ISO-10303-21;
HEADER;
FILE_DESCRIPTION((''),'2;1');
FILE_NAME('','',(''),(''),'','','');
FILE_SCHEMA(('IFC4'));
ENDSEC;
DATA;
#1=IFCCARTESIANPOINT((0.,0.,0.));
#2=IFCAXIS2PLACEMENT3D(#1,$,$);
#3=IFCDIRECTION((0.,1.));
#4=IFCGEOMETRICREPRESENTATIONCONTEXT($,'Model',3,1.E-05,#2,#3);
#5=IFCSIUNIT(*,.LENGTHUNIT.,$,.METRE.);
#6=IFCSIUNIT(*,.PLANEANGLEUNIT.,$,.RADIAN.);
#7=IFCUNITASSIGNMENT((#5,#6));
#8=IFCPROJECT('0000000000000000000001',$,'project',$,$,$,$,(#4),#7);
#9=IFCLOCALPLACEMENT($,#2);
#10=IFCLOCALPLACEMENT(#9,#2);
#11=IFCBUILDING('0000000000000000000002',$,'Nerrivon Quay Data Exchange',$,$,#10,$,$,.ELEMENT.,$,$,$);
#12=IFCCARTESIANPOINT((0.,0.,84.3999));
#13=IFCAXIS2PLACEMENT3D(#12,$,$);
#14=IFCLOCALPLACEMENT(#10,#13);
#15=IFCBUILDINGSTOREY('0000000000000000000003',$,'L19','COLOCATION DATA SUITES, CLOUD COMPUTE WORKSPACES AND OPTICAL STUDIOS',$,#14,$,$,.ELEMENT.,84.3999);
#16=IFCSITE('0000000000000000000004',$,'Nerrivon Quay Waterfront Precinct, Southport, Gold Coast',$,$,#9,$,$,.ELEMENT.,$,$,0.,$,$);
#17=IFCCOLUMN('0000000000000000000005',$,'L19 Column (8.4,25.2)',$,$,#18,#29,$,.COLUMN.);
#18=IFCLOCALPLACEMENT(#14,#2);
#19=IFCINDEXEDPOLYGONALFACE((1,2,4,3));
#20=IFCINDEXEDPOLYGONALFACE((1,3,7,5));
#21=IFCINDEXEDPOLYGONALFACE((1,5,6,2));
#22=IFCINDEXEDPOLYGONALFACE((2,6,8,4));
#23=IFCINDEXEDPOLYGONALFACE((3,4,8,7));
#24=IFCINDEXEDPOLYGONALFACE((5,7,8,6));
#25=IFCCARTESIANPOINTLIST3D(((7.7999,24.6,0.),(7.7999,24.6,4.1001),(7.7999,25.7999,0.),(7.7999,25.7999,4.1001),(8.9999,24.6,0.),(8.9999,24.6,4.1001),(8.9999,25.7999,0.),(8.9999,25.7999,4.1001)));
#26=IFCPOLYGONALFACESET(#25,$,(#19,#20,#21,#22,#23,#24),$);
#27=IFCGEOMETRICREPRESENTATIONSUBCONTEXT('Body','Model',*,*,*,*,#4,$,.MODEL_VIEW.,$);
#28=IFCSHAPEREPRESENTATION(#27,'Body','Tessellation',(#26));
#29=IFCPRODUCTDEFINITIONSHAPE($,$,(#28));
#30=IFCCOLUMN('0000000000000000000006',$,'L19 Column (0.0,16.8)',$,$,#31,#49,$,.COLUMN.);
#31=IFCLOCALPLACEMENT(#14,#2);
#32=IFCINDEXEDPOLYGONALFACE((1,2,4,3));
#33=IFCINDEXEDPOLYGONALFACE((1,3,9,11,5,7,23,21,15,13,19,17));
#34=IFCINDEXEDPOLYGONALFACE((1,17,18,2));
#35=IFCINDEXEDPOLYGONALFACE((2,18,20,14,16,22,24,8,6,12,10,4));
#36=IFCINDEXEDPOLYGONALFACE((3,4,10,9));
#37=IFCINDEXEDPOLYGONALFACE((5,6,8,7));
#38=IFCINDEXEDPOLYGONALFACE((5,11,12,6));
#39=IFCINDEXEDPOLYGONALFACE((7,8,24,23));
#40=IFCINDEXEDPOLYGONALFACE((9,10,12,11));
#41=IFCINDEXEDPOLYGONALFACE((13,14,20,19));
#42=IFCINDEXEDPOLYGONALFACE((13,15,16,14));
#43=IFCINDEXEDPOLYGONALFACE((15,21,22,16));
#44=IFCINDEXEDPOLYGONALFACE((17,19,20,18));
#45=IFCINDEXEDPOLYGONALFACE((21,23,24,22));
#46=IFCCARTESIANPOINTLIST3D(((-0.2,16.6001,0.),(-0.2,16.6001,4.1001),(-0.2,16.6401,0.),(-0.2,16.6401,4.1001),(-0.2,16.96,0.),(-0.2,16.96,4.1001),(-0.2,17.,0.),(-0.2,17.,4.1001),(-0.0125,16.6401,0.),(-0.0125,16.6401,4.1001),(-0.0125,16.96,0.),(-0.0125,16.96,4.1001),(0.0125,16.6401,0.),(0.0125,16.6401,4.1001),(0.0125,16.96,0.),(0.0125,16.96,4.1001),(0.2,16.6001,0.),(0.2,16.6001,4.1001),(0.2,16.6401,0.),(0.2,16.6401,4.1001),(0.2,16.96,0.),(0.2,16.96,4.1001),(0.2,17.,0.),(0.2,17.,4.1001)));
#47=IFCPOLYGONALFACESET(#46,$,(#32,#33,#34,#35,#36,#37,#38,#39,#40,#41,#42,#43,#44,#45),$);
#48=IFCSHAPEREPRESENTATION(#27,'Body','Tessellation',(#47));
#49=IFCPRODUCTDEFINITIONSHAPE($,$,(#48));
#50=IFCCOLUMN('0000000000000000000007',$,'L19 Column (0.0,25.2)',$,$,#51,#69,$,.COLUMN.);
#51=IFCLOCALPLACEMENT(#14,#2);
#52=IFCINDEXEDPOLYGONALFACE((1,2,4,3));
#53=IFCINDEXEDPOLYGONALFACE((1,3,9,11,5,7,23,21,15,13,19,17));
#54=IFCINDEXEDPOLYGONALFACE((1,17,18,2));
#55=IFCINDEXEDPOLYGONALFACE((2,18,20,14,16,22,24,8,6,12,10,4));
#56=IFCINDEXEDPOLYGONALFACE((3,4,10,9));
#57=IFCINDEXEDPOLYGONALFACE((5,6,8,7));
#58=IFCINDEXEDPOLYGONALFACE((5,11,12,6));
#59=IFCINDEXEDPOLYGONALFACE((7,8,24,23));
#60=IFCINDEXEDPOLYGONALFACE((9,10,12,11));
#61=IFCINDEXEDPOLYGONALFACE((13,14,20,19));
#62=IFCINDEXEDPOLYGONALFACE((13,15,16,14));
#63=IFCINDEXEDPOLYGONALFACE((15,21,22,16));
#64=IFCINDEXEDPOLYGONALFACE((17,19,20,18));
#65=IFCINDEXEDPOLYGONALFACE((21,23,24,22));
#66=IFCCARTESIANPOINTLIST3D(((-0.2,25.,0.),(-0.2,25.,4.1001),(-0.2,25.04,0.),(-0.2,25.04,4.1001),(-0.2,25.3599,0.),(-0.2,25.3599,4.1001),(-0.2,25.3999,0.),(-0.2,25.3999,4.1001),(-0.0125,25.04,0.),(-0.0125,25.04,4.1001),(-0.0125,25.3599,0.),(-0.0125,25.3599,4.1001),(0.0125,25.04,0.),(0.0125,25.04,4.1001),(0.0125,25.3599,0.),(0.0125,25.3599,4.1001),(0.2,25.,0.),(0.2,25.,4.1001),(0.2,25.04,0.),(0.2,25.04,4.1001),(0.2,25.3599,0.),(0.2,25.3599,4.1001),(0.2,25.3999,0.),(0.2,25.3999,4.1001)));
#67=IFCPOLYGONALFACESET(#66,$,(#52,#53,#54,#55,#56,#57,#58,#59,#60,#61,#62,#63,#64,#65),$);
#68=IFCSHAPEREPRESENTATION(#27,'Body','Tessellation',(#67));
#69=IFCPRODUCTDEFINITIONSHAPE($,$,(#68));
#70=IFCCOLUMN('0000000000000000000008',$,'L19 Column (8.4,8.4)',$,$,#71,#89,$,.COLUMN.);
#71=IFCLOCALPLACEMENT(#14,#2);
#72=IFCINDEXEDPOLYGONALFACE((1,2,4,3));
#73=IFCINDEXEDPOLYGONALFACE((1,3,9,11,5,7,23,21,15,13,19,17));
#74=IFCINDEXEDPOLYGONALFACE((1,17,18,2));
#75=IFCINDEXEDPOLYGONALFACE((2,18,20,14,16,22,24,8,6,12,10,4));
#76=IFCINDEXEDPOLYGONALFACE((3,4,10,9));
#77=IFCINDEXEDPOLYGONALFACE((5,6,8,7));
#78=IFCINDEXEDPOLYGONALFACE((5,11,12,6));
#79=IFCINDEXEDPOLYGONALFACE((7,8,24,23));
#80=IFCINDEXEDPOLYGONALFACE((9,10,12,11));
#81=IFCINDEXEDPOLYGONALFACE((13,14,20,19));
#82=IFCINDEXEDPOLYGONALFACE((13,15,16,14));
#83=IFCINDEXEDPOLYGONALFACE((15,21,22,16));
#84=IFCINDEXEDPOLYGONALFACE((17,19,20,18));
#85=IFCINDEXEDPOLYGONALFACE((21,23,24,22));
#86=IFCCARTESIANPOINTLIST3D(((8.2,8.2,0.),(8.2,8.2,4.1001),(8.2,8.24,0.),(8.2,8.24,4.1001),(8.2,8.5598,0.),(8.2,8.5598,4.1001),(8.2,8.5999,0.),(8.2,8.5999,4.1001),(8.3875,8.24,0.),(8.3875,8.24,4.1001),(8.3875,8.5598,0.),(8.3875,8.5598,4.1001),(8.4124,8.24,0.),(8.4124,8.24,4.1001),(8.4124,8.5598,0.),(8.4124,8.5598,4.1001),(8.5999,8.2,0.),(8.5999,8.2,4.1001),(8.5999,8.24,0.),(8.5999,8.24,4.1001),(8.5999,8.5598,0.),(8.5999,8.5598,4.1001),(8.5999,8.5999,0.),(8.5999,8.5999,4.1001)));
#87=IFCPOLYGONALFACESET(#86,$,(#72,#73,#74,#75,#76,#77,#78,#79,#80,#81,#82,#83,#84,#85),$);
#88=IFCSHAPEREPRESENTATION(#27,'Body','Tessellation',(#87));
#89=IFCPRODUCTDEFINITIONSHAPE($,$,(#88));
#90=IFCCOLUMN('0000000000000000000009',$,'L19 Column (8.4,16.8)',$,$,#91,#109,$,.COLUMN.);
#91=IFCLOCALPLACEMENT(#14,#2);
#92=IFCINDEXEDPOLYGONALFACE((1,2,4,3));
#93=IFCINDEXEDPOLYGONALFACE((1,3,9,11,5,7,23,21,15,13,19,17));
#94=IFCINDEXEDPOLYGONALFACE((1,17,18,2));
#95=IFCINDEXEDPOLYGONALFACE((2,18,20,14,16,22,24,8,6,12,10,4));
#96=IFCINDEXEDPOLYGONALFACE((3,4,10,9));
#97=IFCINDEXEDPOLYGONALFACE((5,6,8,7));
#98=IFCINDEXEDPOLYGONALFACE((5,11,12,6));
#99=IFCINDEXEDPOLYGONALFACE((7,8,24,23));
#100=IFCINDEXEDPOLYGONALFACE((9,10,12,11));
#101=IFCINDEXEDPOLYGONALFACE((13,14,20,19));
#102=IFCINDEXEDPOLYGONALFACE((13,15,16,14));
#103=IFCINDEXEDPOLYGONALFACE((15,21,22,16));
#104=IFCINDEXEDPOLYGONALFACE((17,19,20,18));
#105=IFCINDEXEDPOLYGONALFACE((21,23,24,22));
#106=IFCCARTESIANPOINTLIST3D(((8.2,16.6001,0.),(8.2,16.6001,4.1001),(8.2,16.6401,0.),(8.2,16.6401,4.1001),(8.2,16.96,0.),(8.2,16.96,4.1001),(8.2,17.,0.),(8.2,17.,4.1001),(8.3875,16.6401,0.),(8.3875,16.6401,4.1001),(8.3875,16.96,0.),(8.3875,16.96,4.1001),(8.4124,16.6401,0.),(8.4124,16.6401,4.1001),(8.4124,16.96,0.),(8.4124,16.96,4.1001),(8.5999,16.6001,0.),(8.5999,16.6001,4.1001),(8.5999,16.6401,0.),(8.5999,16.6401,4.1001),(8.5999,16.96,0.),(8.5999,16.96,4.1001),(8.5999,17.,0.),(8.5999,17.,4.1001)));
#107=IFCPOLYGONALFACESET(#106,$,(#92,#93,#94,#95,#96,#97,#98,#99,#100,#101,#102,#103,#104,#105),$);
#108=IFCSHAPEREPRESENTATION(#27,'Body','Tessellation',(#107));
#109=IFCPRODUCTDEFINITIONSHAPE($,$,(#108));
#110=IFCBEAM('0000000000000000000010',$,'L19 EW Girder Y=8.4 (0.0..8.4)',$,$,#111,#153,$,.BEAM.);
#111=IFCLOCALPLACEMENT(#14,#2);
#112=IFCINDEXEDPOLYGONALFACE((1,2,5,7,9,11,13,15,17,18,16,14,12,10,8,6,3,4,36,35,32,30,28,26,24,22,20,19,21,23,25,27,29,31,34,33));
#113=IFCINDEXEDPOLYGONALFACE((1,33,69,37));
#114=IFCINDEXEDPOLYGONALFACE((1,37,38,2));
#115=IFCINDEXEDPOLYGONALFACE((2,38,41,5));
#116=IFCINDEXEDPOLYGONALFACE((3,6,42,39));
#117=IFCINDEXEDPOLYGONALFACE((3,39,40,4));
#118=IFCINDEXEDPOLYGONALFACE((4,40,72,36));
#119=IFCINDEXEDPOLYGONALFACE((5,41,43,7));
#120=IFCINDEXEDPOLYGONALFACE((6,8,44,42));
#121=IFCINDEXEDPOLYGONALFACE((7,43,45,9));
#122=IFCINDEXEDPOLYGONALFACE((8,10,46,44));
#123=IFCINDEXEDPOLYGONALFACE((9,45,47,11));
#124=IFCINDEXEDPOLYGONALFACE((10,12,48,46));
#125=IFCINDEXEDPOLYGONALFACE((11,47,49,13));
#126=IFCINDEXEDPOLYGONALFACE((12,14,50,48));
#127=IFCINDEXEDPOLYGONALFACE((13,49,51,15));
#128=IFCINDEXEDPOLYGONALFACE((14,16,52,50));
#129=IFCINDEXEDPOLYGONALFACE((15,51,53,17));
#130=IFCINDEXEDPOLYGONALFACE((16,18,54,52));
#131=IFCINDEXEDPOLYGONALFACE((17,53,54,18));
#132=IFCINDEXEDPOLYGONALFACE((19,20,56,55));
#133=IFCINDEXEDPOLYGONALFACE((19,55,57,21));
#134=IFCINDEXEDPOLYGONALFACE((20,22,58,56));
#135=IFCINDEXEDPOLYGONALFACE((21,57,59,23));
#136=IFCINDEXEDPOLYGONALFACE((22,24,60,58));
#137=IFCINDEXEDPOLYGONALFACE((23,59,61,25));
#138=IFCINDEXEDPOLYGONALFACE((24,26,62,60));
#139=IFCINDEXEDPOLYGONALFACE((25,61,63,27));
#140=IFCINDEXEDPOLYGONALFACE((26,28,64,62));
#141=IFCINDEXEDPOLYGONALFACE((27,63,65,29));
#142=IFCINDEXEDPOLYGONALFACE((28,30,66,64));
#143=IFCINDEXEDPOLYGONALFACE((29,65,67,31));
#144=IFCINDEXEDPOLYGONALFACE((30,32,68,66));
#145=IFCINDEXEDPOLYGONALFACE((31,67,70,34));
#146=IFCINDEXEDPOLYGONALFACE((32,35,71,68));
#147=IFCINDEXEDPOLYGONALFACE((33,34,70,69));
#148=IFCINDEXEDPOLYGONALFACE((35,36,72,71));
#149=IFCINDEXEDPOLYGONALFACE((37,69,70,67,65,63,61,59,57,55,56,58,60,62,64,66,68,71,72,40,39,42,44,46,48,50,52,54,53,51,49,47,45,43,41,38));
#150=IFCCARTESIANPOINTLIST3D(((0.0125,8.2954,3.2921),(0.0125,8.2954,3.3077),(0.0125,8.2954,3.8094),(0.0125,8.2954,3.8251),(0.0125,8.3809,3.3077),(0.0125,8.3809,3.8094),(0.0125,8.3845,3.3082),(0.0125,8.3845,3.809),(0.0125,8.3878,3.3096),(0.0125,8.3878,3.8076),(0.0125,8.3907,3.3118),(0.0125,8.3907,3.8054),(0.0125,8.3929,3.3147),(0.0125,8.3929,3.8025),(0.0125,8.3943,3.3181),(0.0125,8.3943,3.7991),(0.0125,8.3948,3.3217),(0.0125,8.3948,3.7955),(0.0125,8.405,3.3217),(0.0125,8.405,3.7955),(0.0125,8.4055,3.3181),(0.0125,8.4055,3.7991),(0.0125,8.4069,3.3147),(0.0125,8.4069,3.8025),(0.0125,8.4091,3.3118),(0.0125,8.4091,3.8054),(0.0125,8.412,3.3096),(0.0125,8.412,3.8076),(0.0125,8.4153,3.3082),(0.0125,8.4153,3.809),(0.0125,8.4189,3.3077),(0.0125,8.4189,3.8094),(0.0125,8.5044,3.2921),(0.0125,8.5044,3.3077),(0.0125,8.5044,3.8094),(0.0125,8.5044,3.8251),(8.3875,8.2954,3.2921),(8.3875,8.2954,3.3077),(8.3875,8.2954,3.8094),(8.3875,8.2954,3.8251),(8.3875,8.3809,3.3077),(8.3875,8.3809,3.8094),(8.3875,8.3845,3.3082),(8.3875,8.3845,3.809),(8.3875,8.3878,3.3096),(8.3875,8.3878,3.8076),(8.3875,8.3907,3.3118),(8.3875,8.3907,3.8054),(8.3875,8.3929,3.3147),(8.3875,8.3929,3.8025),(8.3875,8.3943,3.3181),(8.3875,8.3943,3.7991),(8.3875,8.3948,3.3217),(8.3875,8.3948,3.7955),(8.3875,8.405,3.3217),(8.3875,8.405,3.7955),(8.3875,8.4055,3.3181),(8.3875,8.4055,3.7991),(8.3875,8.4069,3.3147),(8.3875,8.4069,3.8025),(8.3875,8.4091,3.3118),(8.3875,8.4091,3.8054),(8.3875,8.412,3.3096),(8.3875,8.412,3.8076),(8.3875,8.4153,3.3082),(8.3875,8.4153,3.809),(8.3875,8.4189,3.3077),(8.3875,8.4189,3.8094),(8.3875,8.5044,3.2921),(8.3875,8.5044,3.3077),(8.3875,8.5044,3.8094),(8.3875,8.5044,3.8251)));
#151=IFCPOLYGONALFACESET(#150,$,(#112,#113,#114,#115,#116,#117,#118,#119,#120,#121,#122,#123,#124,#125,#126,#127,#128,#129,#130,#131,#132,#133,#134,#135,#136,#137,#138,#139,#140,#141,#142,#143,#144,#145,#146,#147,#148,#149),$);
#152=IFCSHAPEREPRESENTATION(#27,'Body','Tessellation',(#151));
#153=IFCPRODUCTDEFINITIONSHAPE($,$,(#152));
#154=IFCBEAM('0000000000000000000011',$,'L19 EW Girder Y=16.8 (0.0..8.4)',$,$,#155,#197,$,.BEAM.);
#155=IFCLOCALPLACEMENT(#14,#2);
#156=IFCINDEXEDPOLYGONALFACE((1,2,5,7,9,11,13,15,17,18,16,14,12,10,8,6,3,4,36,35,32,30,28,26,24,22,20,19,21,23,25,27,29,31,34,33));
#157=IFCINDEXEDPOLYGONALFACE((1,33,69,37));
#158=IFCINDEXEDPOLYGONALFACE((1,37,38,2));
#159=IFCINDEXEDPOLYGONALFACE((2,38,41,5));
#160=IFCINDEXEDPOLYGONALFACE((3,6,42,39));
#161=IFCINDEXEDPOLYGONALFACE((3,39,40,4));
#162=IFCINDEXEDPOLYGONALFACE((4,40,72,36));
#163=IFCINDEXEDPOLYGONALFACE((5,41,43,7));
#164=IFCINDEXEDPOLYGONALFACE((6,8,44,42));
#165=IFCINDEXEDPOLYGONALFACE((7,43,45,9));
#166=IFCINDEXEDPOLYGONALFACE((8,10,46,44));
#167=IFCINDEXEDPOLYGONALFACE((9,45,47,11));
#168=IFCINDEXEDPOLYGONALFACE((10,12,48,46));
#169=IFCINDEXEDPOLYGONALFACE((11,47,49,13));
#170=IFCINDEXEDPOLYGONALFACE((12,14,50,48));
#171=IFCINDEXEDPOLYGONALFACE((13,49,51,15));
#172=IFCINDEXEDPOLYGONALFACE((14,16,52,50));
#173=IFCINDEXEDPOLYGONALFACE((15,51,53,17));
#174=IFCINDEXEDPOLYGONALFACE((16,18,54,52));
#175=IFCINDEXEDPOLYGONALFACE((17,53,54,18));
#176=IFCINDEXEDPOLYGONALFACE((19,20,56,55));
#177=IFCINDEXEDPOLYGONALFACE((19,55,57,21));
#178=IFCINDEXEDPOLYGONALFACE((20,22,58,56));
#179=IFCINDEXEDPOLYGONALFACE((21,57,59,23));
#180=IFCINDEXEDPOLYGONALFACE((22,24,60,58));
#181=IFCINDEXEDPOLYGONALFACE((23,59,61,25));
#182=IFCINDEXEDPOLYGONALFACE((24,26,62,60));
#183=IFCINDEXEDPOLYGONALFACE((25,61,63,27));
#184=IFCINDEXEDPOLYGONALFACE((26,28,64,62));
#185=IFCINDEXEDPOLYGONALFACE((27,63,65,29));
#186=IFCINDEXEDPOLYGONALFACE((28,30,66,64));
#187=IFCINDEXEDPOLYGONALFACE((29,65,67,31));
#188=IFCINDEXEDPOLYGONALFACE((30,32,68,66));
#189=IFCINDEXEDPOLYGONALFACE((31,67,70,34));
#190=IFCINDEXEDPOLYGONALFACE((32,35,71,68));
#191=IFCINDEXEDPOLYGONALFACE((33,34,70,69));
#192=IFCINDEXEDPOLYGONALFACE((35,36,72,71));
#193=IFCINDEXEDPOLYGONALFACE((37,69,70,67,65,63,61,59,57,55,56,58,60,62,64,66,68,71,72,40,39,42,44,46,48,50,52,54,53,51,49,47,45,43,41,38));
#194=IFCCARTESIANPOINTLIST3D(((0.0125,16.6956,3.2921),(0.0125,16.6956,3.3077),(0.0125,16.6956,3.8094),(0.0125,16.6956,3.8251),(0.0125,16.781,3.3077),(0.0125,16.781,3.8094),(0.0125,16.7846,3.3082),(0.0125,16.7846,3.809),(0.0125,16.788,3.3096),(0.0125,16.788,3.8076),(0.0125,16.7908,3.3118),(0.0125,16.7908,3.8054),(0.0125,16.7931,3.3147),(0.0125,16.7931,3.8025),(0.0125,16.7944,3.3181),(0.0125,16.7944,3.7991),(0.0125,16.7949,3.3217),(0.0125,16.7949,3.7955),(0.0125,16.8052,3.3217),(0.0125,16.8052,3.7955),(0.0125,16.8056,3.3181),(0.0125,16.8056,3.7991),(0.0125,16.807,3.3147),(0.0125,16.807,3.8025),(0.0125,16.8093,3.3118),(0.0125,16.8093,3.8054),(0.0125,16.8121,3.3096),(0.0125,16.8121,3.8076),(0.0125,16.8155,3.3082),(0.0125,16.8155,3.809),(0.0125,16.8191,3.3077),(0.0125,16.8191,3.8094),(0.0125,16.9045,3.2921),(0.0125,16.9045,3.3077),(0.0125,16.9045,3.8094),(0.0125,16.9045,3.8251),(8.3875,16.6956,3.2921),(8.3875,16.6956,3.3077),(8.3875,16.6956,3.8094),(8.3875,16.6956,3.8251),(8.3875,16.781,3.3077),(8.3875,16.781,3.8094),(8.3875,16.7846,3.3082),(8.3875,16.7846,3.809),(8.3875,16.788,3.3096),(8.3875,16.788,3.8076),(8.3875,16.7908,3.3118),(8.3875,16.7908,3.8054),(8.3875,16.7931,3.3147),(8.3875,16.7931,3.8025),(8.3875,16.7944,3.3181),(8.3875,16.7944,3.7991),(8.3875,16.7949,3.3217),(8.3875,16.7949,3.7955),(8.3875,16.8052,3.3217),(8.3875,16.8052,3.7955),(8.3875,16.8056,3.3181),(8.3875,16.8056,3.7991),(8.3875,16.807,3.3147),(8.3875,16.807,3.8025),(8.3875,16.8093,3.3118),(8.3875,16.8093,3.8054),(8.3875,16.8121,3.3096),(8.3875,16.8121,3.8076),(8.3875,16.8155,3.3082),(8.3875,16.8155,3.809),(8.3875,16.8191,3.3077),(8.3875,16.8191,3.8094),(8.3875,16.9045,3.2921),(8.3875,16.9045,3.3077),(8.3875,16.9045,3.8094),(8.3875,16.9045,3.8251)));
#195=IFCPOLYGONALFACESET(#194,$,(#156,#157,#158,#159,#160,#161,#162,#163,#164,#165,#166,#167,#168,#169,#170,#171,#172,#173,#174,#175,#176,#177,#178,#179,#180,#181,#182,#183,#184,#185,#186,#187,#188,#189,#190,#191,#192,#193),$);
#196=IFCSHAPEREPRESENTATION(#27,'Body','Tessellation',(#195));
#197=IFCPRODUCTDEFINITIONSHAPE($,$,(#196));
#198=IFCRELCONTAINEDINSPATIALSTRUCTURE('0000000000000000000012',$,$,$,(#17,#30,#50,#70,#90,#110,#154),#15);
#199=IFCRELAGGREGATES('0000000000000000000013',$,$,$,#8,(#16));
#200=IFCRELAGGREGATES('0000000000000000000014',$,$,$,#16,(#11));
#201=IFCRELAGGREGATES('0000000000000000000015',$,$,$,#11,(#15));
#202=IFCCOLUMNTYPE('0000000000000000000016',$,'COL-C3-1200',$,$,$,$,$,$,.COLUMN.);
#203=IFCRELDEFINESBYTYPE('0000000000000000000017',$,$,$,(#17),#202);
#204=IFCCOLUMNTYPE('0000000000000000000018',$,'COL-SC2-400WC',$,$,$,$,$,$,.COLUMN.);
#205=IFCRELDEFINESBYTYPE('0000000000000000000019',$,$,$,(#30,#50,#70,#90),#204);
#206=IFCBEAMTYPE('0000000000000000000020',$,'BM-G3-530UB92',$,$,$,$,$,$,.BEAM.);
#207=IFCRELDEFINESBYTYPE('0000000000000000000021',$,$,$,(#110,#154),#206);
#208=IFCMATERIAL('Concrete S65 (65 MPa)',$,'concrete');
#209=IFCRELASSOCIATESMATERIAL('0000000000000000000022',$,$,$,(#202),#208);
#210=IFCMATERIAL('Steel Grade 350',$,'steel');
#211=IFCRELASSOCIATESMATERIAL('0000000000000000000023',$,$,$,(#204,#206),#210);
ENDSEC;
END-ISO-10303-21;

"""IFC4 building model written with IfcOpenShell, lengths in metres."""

from ifc_helpers import new_model, si_unit, direction, frame, origin, origin_2d, place, context, subcontext, project, spatial, rectangle, i_section, extrude, material, material_profile, profile_set, type_object, element, save


model = new_model("IFC4")

# Units and contexts
model_context = context("Model", 3, precision=1e-05, world=origin(), true_north=direction((0.0, 1.0)))
body_context = subcontext(model_context, "Body", "Model", "MODEL_VIEW")
ifc_project = project(units=[si_unit("LENGTHUNIT", "METRE"), si_unit("PLANEANGLEUNIT", "RADIAN")], contexts=[model_context])

# Site, building, storey
site_placement = place(None, origin())
site = spatial("IfcSite", under=ifc_project, at=site_placement, Name="Nerrivon Quay Waterfront Precinct, Southport, Gold Coast", CompositionType="ELEMENT", RefElevation=0.0)
building_placement = place(site_placement, origin())
building = spatial("IfcBuilding", under=site, at=building_placement, Name="Nerrivon Quay Data Exchange", CompositionType="ELEMENT")
storey_placement = place(building_placement, frame((0.0, 0.0, 84.3999)))
storey = spatial("IfcBuildingStorey", under=building, at=storey_placement, Name="L19", Description="COLOCATION DATA SUITES, CLOUD COMPUTE WORKSPACES AND OPTICAL STUDIOS", CompositionType="ELEMENT", Elevation=84.3999)

# Columns
ifc_material_1 = material(Name="Concrete S65 (65 MPa)", Category="concrete")
ifc_material_profile_1 = material_profile(ifc_material_1, rectangle(XDim=1.2, YDim=1.2, at=origin_2d()), Name="RC-COL-1200x1200")
ifc_profile_set_1 = profile_set([ifc_material_profile_1], Name="Concrete S65 (65 MPa)")
column_type_1 = type_object("IfcColumnType", Name="COL-C3-1200", PredefinedType="COLUMN", material=ifc_profile_set_1)
column_placement = place(storey_placement, frame((8.3999, 25.2, 0.0), z_axis=(0.0, 0.0, 1.0), x_axis=(1.0, 0.0, 0.0)))
element("IfcColumn", 1, at=column_placement, inside=storey, type_object=column_type_1, Name="L19 Column (8.4,25.2)", PredefinedType="COLUMN", context=body_context, shape_type="SweptSolid", body=[
    extrude(rectangle(XDim=1.2, YDim=1.2, at=origin_2d()), origin(), (0.0, 0.0, 1.0), 4.1001),
])
ifc_material_2 = material(Name="Steel Grade 350", Category="steel")
ifc_material_profile_2 = material_profile(ifc_material_2, i_section(OverallWidth=0.3999, OverallDepth=0.3999, WebThickness=0.0249, FlangeThickness=0.04, at=origin_2d()), Name="400WC328")
ifc_profile_set_2 = profile_set([ifc_material_profile_2], Name="Steel Grade 350")
column_type_2 = type_object("IfcColumnType", Name="COL-SC2-400WC", PredefinedType="COLUMN", material=ifc_profile_set_2)
for number, where, z_axis, x_axis, name in (
    (2, (0.0, 16.8, 0.0), (0.0, 0.0, 1.0), (1.0, 0.0, 0.0), "L19 Column (0.0,16.8)"),
    (3, (0.0, 25.2, 0.0), (0.0, 0.0, 1.0), (1.0, 0.0, 0.0), "L19 Column (0.0,25.2)"),
    (4, (8.3999, 8.3999, 0.0), (0.0, 0.0, 1.0), (1.0, 0.0, 0.0), "L19 Column (8.4,8.4)"),
    (5, (8.3999, 16.8, 0.0), (0.0, 0.0, 1.0), (1.0, 0.0, 0.0), "L19 Column (8.4,16.8)"),
):
    element("IfcColumn", number, at=place(storey_placement, frame(where, z_axis=z_axis, x_axis=x_axis)), inside=storey, type_object=column_type_2, Name=name, PredefinedType="COLUMN", context=body_context, shape_type="SweptSolid", body=[
        extrude(i_section(OverallWidth=0.3999, OverallDepth=0.3999, WebThickness=0.0249, FlangeThickness=0.04, at=origin_2d()), origin(), (0.0, 0.0, 1.0), 4.1001),
    ])

# Beams
ifc_material_profile_3 = material_profile(ifc_material_2, i_section(OverallWidth=0.209, OverallDepth=0.533, WebThickness=0.0103, FlangeThickness=0.0156, FilletRadius=0.0139, at=origin_2d()), Name="530UB92.4")
ifc_profile_set_3 = profile_set([ifc_material_profile_3], Name="Steel Grade 350")
beam_type_1 = type_object("IfcBeamType", Name="BM-G3-530UB92", PredefinedType="BEAM", material=ifc_profile_set_3)
for number, where, z_axis, x_axis, name in (
    (6, (0.0125, 8.3999, 3.5586), (1.0, 0.0, 0.0), (0.0, 1.0, 0.0), "L19 EW Girder Y=8.4 (0.0..8.4)"),
    (7, (0.0125, 16.8, 3.5586), (1.0, 0.0, 0.0), (0.0, 1.0, 0.0), "L19 EW Girder Y=16.8 (0.0..8.4)"),
):
    element("IfcBeam", number, at=place(storey_placement, frame(where, z_axis=z_axis, x_axis=x_axis)), inside=storey, type_object=beam_type_1, Name=name, PredefinedType="BEAM", context=body_context, shape_type="SweptSolid", body=[
        extrude(i_section(OverallWidth=0.209, OverallDepth=0.533, WebThickness=0.0103, FlangeThickness=0.0156, FilletRadius=0.0139, at=origin_2d()), origin(), (0.0, 0.0, 1.0), 8.375),
    ])

save(model, "model.ifc")
